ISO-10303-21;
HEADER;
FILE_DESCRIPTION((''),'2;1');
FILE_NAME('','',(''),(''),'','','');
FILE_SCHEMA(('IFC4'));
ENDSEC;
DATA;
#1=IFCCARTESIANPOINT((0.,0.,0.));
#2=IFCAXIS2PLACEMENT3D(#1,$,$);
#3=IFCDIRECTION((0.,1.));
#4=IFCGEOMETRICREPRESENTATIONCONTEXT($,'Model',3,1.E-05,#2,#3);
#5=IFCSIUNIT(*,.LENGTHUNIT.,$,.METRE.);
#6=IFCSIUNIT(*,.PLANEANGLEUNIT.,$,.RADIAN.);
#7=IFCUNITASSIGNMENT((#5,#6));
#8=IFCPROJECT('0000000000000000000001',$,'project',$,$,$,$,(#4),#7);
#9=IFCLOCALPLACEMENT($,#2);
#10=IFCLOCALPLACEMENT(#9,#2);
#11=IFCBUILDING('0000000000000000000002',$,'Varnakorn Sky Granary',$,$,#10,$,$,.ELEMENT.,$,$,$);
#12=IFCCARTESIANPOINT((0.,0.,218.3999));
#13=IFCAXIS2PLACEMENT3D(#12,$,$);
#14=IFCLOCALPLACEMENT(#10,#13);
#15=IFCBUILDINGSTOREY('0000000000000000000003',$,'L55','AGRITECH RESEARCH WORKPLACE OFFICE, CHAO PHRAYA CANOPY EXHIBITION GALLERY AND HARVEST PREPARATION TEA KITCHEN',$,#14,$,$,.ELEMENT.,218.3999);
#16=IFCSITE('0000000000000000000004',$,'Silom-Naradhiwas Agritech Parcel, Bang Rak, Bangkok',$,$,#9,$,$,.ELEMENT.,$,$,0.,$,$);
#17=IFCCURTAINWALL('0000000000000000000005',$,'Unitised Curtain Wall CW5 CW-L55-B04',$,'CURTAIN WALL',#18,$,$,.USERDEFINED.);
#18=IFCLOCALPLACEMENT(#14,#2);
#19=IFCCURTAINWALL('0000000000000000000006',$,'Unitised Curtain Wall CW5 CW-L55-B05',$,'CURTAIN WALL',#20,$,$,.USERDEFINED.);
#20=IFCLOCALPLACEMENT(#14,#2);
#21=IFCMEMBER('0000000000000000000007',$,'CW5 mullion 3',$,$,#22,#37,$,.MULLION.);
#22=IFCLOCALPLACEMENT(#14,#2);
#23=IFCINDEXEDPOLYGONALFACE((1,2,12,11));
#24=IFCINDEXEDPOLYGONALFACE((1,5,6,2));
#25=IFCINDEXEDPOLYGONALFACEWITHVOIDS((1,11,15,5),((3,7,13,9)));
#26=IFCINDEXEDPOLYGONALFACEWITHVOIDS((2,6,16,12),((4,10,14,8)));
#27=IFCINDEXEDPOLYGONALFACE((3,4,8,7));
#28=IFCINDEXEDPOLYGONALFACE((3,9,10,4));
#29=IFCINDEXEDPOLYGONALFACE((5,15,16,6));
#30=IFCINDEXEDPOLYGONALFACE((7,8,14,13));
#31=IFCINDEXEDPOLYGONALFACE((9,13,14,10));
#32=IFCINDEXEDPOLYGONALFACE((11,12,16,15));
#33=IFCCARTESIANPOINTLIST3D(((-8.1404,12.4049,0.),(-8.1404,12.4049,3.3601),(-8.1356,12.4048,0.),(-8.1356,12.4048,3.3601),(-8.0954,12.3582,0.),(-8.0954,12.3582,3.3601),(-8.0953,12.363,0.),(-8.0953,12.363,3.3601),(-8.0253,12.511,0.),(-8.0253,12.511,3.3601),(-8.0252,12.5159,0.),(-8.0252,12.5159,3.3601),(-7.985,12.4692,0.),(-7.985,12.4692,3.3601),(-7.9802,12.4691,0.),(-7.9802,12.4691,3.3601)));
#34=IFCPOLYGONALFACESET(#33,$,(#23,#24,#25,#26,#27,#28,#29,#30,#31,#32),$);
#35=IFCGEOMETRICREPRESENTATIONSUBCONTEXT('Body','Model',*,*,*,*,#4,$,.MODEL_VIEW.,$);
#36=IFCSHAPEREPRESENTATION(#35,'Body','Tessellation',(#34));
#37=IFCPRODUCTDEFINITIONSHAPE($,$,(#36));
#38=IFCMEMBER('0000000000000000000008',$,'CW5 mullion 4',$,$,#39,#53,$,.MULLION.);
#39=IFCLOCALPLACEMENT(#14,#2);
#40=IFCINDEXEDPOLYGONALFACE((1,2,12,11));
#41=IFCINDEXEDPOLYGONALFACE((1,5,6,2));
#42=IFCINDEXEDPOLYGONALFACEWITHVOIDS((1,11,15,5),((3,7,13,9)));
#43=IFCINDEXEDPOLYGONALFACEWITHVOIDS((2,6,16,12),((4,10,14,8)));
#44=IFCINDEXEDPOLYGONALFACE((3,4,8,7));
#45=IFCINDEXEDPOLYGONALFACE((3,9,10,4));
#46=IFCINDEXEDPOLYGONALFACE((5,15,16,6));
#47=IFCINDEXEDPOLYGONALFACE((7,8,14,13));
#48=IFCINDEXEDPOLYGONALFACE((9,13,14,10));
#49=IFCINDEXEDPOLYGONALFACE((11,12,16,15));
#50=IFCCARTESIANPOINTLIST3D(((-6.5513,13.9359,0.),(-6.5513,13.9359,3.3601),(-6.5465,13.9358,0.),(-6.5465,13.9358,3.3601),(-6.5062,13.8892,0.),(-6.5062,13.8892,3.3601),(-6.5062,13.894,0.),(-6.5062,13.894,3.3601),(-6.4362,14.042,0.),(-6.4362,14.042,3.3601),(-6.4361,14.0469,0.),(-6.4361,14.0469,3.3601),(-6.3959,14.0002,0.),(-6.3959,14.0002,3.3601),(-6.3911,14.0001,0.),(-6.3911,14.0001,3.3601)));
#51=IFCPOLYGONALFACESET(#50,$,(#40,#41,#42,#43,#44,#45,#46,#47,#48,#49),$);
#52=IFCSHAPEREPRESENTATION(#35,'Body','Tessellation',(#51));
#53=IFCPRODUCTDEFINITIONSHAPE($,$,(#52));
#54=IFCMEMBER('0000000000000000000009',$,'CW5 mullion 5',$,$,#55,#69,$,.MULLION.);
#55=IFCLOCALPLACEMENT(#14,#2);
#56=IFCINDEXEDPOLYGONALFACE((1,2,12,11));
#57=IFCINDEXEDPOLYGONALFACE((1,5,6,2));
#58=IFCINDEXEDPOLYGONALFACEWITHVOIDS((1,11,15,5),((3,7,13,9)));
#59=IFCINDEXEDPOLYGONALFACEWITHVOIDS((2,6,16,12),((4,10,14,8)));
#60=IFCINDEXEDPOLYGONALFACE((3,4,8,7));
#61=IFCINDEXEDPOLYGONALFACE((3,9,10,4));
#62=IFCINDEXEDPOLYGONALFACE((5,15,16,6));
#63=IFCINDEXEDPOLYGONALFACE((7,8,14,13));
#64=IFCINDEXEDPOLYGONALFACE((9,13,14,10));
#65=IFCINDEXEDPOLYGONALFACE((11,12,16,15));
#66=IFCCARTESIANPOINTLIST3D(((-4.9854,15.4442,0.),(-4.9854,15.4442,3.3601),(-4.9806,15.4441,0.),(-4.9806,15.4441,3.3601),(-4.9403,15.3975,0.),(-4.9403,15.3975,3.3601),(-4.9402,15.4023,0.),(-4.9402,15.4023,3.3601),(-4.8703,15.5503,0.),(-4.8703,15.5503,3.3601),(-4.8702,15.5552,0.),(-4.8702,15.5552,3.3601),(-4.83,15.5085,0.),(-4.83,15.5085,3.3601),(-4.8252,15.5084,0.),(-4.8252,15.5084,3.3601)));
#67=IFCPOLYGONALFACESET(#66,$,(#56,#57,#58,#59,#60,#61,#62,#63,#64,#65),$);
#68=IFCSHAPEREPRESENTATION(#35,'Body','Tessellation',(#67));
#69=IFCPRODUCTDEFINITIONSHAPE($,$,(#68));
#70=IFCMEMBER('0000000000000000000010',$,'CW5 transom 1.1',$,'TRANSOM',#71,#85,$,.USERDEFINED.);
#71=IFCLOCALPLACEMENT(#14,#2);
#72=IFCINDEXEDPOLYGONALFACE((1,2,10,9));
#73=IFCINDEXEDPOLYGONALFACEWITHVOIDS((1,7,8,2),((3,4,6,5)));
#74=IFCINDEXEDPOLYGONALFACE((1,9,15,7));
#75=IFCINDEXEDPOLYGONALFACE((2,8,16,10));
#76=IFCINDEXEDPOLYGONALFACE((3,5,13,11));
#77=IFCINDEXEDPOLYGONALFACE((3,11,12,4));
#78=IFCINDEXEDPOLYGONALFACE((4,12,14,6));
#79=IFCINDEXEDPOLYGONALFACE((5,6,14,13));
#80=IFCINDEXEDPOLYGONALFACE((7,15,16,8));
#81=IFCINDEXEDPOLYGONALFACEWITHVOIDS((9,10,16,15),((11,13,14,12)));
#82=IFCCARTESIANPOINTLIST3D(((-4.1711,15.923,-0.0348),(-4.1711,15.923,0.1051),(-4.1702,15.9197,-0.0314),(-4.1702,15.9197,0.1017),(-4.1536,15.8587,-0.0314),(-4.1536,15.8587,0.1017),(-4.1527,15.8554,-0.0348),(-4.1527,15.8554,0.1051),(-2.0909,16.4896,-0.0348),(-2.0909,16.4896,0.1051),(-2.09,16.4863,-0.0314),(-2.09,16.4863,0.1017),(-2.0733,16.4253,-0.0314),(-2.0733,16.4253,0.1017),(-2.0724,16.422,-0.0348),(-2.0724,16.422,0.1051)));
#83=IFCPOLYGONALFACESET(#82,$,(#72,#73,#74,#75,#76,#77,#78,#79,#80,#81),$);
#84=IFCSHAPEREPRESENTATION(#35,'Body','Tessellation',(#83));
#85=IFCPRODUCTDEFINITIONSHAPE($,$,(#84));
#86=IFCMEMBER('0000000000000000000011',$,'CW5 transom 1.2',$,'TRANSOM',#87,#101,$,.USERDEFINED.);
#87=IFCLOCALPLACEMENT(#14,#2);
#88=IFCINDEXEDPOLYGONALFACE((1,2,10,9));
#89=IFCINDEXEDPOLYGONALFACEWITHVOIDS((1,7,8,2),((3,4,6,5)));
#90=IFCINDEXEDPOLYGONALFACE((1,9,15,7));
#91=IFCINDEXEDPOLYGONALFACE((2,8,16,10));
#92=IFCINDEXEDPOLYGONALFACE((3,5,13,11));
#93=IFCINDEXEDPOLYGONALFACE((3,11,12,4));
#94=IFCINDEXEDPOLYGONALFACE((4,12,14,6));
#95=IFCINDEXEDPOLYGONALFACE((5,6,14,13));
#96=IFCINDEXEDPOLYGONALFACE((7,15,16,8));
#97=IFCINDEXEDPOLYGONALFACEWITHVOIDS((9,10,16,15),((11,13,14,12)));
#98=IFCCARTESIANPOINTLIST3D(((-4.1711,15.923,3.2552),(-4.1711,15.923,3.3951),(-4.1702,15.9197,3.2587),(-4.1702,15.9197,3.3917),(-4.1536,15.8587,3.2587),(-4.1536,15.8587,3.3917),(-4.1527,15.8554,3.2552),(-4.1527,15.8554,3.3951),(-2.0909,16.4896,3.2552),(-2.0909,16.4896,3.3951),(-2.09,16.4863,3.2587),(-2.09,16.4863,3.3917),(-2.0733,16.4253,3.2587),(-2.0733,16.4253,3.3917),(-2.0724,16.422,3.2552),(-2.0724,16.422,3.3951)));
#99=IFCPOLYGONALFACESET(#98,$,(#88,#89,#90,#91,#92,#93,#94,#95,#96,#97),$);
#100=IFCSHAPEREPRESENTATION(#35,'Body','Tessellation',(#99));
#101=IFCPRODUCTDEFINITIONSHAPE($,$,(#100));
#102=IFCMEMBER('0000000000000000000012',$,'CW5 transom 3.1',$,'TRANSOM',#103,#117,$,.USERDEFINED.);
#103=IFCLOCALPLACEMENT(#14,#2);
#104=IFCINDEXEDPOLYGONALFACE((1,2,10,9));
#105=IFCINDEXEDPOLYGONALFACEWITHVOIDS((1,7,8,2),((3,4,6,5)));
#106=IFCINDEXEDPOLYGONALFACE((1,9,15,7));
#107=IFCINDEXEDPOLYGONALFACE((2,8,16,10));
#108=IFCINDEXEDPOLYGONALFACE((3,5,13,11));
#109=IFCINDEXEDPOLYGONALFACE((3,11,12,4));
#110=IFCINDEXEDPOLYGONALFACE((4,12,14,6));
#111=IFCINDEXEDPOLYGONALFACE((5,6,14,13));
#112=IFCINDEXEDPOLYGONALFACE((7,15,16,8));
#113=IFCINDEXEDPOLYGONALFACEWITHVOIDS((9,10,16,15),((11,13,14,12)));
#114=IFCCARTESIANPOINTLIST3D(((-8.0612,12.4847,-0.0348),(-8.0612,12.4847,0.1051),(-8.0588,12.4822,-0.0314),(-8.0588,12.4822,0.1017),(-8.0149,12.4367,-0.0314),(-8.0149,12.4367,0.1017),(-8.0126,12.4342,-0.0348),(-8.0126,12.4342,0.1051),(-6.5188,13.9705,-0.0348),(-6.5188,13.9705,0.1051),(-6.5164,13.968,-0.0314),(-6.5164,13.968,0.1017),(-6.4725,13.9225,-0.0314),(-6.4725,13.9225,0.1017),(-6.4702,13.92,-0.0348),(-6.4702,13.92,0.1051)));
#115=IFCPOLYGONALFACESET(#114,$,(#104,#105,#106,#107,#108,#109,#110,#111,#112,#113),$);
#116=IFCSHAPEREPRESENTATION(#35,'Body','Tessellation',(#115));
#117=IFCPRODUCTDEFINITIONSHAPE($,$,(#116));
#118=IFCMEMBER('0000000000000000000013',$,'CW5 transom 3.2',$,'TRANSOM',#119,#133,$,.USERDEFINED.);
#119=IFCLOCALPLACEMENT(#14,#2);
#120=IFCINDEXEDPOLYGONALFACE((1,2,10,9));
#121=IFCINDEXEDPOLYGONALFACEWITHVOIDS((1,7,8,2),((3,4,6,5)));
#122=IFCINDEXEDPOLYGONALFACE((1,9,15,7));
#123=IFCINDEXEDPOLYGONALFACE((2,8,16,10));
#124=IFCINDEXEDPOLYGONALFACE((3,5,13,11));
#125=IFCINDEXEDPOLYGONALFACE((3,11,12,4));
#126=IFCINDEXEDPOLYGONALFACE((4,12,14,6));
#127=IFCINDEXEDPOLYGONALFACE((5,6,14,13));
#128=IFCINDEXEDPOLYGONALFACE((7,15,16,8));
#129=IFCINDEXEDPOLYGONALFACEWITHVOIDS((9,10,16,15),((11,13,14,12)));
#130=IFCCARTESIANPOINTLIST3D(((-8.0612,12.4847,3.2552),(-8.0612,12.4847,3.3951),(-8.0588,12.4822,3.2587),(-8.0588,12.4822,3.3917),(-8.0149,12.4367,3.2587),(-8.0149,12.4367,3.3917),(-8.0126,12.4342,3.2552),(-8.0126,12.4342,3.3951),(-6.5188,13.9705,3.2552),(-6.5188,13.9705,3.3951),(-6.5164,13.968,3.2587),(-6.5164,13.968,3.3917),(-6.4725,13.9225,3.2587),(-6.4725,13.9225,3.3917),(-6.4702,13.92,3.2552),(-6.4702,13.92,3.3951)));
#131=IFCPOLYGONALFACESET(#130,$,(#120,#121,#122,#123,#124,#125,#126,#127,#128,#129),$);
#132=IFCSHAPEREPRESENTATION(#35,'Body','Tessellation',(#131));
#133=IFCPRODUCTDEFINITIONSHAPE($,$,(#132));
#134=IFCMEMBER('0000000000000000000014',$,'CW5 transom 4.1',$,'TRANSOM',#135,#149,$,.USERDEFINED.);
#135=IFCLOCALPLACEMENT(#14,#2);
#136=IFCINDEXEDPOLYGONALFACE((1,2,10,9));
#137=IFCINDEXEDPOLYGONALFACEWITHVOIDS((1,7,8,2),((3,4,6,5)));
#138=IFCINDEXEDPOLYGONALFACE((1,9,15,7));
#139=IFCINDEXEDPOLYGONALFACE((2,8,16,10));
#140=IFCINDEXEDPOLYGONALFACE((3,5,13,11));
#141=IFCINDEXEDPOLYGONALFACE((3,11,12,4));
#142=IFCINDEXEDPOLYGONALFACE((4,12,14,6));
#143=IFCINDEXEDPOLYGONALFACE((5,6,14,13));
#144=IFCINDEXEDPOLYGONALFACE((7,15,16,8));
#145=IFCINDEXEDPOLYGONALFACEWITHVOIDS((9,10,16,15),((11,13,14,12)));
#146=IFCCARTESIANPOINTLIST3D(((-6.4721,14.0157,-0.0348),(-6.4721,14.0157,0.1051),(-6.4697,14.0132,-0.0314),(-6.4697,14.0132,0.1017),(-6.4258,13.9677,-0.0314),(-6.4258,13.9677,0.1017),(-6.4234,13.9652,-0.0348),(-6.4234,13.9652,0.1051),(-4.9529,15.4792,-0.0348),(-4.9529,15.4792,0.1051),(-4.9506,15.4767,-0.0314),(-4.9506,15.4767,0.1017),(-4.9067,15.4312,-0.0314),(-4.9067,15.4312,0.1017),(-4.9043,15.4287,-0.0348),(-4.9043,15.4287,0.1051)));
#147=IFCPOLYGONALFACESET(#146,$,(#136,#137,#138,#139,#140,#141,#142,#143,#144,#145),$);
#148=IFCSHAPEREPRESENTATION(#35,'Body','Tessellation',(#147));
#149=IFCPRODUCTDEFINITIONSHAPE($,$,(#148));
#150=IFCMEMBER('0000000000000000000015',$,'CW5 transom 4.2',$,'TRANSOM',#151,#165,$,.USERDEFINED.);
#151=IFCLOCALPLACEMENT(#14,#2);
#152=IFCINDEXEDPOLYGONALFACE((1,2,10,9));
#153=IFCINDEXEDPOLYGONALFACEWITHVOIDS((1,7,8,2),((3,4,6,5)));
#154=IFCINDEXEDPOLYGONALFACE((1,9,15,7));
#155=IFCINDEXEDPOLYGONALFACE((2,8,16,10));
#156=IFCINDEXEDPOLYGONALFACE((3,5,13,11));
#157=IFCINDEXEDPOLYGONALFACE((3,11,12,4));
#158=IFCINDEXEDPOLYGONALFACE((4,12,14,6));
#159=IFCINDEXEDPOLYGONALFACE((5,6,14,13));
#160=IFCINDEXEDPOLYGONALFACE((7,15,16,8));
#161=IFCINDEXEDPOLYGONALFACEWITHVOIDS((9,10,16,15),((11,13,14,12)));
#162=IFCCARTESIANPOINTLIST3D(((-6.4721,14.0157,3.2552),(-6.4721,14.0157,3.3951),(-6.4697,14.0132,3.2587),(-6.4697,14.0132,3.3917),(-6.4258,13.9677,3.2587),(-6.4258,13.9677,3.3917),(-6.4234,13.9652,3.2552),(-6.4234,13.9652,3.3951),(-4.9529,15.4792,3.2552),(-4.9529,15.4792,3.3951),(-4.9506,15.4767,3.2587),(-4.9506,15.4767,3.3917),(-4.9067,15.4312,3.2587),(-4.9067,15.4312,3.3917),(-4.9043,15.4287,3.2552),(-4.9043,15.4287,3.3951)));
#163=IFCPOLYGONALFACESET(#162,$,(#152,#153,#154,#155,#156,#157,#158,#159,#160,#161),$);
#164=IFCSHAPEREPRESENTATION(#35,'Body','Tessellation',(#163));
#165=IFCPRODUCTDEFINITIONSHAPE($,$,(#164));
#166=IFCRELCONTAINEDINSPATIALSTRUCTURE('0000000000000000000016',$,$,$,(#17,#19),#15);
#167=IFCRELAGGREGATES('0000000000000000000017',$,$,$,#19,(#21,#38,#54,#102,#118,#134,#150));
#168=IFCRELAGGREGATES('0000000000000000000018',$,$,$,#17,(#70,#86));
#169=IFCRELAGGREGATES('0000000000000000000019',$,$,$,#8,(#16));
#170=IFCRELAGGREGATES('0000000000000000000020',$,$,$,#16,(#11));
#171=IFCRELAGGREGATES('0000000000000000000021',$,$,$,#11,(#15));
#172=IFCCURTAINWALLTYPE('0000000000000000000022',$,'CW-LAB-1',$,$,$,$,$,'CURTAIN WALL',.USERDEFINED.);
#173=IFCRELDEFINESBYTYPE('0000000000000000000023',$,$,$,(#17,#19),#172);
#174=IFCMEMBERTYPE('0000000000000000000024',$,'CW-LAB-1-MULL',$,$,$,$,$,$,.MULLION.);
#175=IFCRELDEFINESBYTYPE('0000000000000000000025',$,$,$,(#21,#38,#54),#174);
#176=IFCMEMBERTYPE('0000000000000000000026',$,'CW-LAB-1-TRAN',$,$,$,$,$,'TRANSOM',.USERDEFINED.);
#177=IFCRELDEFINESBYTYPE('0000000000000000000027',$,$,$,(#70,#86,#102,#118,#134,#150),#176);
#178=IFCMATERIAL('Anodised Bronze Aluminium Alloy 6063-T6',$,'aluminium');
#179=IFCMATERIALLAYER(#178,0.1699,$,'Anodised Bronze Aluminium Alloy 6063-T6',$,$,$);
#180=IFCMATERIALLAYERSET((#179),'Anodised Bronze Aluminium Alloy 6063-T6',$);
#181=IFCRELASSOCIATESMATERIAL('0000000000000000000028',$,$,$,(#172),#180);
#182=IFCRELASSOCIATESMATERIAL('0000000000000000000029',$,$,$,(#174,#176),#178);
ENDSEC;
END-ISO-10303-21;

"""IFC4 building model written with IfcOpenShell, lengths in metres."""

from ifc_helpers import new_model, si_unit, direction, frame, origin, origin_2d, place, context, subcontext, project, spatial, hollow_rectangle, extrude, material, layer, layer_set, material_profile, profile_set, type_object, element, aggregate, save


model = new_model("IFC4")

# Units and contexts
model_context = context("Model", 3, precision=1e-05, world=origin(), true_north=direction((0.0, 1.0)))
body_context = subcontext(model_context, "Body", "Model", "MODEL_VIEW")
ifc_project = project(units=[si_unit("LENGTHUNIT", "METRE"), si_unit("PLANEANGLEUNIT", "RADIAN")], contexts=[model_context])

# Site, building, storey
site_placement = place(None, origin())
site = spatial("IfcSite", under=ifc_project, at=site_placement, Name="Silom-Naradhiwas Agritech Parcel, Bang Rak, Bangkok", CompositionType="ELEMENT", RefElevation=0.0)
building_placement = place(site_placement, origin())
building = spatial("IfcBuilding", under=site, at=building_placement, Name="Varnakorn Sky Granary", CompositionType="ELEMENT")
storey_placement = place(building_placement, frame((0.0, 0.0, 218.3999)))
storey = spatial("IfcBuildingStorey", under=building, at=storey_placement, Name="L55", Description="AGRITECH RESEARCH WORKPLACE OFFICE, CHAO PHRAYA CANOPY EXHIBITION GALLERY AND HARVEST PREPARATION TEA KITCHEN", CompositionType="ELEMENT", Elevation=218.3999)

# Curtain wall
ifc_material_1 = material(Name="Anodised Bronze Aluminium Alloy 6063-T6", Category="aluminium")
ifc_layer_1 = layer(ifc_material_1, 0.1699, Name="Anodised Bronze Aluminium Alloy 6063-T6")
ifc_layer_set_1 = layer_set([ifc_layer_1], Name="Anodised Bronze Aluminium Alloy 6063-T6")
curtain_wall_type = type_object("IfcCurtainWallType", Name="CW-LAB-1", ElementType="CURTAIN WALL", PredefinedType="USERDEFINED", material=ifc_layer_set_1)
curtain_wall_1_placement = place(storey_placement, origin())
curtain_wall_1 = element("IfcCurtainWall", 1, at=curtain_wall_1_placement, inside=storey, type_object=curtain_wall_type, Name="Unitised Curtain Wall CW5 CW-L55-B04", ObjectType="CURTAIN WALL", PredefinedType="USERDEFINED")
ifc_material_profile_1 = material_profile(ifc_material_1, hollow_rectangle(XDim=0.0649, YDim=0.1599, WallThickness=0.0034, at=origin_2d()), Name="ALU MULL 65x160")
ifc_profile_set_1 = profile_set([ifc_material_profile_1], Name="Anodised Bronze Aluminium Alloy 6063-T6")
member_type_1 = type_object("IfcMemberType", Name="CW-LAB-1-MULL", PredefinedType="MULLION", material=ifc_profile_set_1)

# Curtain wall, members
curtain_wall_2_placement = place(storey_placement, origin())
curtain_wall_2 = element("IfcCurtainWall", 2, at=curtain_wall_2_placement, inside=storey, type_object=curtain_wall_type, Name="Unitised Curtain Wall CW5 CW-L55-B05", ObjectType="CURTAIN WALL", PredefinedType="USERDEFINED")
member_1_placement = place(storey_placement, frame((-8.0603, 12.437, 0.0), z_axis=(0.0, 0.0, 1.0), x_axis=(-0.693785, 0.720182, 0.0)))
member_1 = element("IfcMember", 3, at=member_1_placement, type_object=member_type_1, Name="CW5 mullion 3", PredefinedType="MULLION", context=body_context, shape_type="SweptSolid", body=[
    extrude(hollow_rectangle(XDim=0.0649, YDim=0.1599, WallThickness=0.0034, at=origin_2d()), origin(), (0.0, 0.0, 1.0), 3.3601),
])
member_2_placement = place(storey_placement, frame((-6.4712, 13.968, 0.0), z_axis=(0.0, 0.0, 1.0), x_axis=(-0.693785, 0.720182, 0.0)))
member_2 = element("IfcMember", 4, at=member_2_placement, type_object=member_type_1, Name="CW5 mullion 4", PredefinedType="MULLION", context=body_context, shape_type="SweptSolid", body=[
    extrude(hollow_rectangle(XDim=0.0649, YDim=0.1599, WallThickness=0.0034, at=origin_2d()), origin(), (0.0, 0.0, 1.0), 3.3601),
])
member_3_placement = place(storey_placement, frame((-4.9053, 15.4763, 0.0), z_axis=(0.0, 0.0, 1.0), x_axis=(-0.693785, 0.720182, 0.0)))
member_3 = element("IfcMember", 5, at=member_3_placement, type_object=member_type_1, Name="CW5 mullion 5", PredefinedType="MULLION", context=body_context, shape_type="SweptSolid", body=[
    extrude(hollow_rectangle(XDim=0.0649, YDim=0.1599, WallThickness=0.0034, at=origin_2d()), origin(), (0.0, 0.0, 1.0), 3.3601),
])

# Members
ifc_material_profile_2 = material_profile(ifc_material_1, hollow_rectangle(XDim=0.0701, YDim=0.1399, WallThickness=0.0034, at=origin_2d()), Name="ALU TRAN 70x140")
ifc_profile_set_2 = profile_set([ifc_material_profile_2], Name="Anodised Bronze Aluminium Alloy 6063-T6")
member_type_2 = type_object("IfcMemberType", Name="CW-LAB-1-TRAN", ElementType="TRANSOM", PredefinedType="USERDEFINED", material=ifc_profile_set_2)
member_4_placement = place(storey_placement, frame((-4.1619, 15.8892, 0.0352), z_axis=(0.964847, 0.262811, 0.0), x_axis=(-0.262811, 0.964847, 0.0)))
member_4 = element("IfcMember", 6, at=member_4_placement, type_object=member_type_2, Name="CW5 transom 1.1", ObjectType="TRANSOM", PredefinedType="USERDEFINED", context=body_context, shape_type="SweptSolid", body=[
    extrude(hollow_rectangle(XDim=0.0701, YDim=0.1399, WallThickness=0.0034, at=origin_2d()), origin(), (0.0, 0.0, 1.0), 2.156),
])
member_5_placement = place(storey_placement, frame((-4.1619, 15.8892, 3.3252), z_axis=(0.964847, 0.262811, 0.0), x_axis=(-0.262811, 0.964847, 0.0)))
member_5 = element("IfcMember", 7, at=member_5_placement, type_object=member_type_2, Name="CW5 transom 1.2", ObjectType="TRANSOM", PredefinedType="USERDEFINED", context=body_context, shape_type="SweptSolid", body=[
    extrude(hollow_rectangle(XDim=0.0701, YDim=0.1399, WallThickness=0.0034, at=origin_2d()), origin(), (0.0, 0.0, 1.0), 2.156),
])
member_6_placement = place(storey_placement, frame((-8.0369, 12.4595, 0.0352), z_axis=(0.720206, 0.69376, 0.0), x_axis=(-0.69376, 0.720206, 0.0)))
member_6 = element("IfcMember", 8, at=member_6_placement, type_object=member_type_2, Name="CW5 transom 3.1", ObjectType="TRANSOM", PredefinedType="USERDEFINED", context=body_context, shape_type="SweptSolid", body=[
    extrude(hollow_rectangle(XDim=0.0701, YDim=0.1399, WallThickness=0.0034, at=origin_2d()), origin(), (0.0, 0.0, 1.0), 2.1416),
])
member_7_placement = place(storey_placement, frame((-8.0369, 12.4595, 3.3252), z_axis=(0.720206, 0.69376, 0.0), x_axis=(-0.69376, 0.720206, 0.0)))
member_7 = element("IfcMember", 9, at=member_7_placement, type_object=member_type_2, Name="CW5 transom 3.2", ObjectType="TRANSOM", PredefinedType="USERDEFINED", context=body_context, shape_type="SweptSolid", body=[
    extrude(hollow_rectangle(XDim=0.0701, YDim=0.1399, WallThickness=0.0034, at=origin_2d()), origin(), (0.0, 0.0, 1.0), 2.1416),
])
member_8_placement = place(storey_placement, frame((-6.4478, 13.9905, 0.0352), z_axis=(0.720179, 0.693788, 0.0), x_axis=(-0.693788, 0.720179, 0.0)))
member_8 = element("IfcMember", 10, at=member_8_placement, type_object=member_type_2, Name="CW5 transom 4.1", ObjectType="TRANSOM", PredefinedType="USERDEFINED", context=body_context, shape_type="SweptSolid", body=[
    extrude(hollow_rectangle(XDim=0.0701, YDim=0.1399, WallThickness=0.0034, at=origin_2d()), origin(), (0.0, 0.0, 1.0), 2.1094),
])
member_9_placement = place(storey_placement, frame((-6.4478, 13.9905, 3.3252), z_axis=(0.720179, 0.693788, 0.0), x_axis=(-0.693788, 0.720179, 0.0)))
member_9 = element("IfcMember", 11, at=member_9_placement, type_object=member_type_2, Name="CW5 transom 4.2", ObjectType="TRANSOM", PredefinedType="USERDEFINED", context=body_context, shape_type="SweptSolid", body=[
    extrude(hollow_rectangle(XDim=0.0701, YDim=0.1399, WallThickness=0.0034, at=origin_2d()), origin(), (0.0, 0.0, 1.0), 2.1094),
])

aggregate(curtain_wall_2, [member_1, member_2, member_3, member_6, member_7, member_8, member_9])
aggregate(curtain_wall_1, [member_4, member_5])

save(model, "model.ifc")
